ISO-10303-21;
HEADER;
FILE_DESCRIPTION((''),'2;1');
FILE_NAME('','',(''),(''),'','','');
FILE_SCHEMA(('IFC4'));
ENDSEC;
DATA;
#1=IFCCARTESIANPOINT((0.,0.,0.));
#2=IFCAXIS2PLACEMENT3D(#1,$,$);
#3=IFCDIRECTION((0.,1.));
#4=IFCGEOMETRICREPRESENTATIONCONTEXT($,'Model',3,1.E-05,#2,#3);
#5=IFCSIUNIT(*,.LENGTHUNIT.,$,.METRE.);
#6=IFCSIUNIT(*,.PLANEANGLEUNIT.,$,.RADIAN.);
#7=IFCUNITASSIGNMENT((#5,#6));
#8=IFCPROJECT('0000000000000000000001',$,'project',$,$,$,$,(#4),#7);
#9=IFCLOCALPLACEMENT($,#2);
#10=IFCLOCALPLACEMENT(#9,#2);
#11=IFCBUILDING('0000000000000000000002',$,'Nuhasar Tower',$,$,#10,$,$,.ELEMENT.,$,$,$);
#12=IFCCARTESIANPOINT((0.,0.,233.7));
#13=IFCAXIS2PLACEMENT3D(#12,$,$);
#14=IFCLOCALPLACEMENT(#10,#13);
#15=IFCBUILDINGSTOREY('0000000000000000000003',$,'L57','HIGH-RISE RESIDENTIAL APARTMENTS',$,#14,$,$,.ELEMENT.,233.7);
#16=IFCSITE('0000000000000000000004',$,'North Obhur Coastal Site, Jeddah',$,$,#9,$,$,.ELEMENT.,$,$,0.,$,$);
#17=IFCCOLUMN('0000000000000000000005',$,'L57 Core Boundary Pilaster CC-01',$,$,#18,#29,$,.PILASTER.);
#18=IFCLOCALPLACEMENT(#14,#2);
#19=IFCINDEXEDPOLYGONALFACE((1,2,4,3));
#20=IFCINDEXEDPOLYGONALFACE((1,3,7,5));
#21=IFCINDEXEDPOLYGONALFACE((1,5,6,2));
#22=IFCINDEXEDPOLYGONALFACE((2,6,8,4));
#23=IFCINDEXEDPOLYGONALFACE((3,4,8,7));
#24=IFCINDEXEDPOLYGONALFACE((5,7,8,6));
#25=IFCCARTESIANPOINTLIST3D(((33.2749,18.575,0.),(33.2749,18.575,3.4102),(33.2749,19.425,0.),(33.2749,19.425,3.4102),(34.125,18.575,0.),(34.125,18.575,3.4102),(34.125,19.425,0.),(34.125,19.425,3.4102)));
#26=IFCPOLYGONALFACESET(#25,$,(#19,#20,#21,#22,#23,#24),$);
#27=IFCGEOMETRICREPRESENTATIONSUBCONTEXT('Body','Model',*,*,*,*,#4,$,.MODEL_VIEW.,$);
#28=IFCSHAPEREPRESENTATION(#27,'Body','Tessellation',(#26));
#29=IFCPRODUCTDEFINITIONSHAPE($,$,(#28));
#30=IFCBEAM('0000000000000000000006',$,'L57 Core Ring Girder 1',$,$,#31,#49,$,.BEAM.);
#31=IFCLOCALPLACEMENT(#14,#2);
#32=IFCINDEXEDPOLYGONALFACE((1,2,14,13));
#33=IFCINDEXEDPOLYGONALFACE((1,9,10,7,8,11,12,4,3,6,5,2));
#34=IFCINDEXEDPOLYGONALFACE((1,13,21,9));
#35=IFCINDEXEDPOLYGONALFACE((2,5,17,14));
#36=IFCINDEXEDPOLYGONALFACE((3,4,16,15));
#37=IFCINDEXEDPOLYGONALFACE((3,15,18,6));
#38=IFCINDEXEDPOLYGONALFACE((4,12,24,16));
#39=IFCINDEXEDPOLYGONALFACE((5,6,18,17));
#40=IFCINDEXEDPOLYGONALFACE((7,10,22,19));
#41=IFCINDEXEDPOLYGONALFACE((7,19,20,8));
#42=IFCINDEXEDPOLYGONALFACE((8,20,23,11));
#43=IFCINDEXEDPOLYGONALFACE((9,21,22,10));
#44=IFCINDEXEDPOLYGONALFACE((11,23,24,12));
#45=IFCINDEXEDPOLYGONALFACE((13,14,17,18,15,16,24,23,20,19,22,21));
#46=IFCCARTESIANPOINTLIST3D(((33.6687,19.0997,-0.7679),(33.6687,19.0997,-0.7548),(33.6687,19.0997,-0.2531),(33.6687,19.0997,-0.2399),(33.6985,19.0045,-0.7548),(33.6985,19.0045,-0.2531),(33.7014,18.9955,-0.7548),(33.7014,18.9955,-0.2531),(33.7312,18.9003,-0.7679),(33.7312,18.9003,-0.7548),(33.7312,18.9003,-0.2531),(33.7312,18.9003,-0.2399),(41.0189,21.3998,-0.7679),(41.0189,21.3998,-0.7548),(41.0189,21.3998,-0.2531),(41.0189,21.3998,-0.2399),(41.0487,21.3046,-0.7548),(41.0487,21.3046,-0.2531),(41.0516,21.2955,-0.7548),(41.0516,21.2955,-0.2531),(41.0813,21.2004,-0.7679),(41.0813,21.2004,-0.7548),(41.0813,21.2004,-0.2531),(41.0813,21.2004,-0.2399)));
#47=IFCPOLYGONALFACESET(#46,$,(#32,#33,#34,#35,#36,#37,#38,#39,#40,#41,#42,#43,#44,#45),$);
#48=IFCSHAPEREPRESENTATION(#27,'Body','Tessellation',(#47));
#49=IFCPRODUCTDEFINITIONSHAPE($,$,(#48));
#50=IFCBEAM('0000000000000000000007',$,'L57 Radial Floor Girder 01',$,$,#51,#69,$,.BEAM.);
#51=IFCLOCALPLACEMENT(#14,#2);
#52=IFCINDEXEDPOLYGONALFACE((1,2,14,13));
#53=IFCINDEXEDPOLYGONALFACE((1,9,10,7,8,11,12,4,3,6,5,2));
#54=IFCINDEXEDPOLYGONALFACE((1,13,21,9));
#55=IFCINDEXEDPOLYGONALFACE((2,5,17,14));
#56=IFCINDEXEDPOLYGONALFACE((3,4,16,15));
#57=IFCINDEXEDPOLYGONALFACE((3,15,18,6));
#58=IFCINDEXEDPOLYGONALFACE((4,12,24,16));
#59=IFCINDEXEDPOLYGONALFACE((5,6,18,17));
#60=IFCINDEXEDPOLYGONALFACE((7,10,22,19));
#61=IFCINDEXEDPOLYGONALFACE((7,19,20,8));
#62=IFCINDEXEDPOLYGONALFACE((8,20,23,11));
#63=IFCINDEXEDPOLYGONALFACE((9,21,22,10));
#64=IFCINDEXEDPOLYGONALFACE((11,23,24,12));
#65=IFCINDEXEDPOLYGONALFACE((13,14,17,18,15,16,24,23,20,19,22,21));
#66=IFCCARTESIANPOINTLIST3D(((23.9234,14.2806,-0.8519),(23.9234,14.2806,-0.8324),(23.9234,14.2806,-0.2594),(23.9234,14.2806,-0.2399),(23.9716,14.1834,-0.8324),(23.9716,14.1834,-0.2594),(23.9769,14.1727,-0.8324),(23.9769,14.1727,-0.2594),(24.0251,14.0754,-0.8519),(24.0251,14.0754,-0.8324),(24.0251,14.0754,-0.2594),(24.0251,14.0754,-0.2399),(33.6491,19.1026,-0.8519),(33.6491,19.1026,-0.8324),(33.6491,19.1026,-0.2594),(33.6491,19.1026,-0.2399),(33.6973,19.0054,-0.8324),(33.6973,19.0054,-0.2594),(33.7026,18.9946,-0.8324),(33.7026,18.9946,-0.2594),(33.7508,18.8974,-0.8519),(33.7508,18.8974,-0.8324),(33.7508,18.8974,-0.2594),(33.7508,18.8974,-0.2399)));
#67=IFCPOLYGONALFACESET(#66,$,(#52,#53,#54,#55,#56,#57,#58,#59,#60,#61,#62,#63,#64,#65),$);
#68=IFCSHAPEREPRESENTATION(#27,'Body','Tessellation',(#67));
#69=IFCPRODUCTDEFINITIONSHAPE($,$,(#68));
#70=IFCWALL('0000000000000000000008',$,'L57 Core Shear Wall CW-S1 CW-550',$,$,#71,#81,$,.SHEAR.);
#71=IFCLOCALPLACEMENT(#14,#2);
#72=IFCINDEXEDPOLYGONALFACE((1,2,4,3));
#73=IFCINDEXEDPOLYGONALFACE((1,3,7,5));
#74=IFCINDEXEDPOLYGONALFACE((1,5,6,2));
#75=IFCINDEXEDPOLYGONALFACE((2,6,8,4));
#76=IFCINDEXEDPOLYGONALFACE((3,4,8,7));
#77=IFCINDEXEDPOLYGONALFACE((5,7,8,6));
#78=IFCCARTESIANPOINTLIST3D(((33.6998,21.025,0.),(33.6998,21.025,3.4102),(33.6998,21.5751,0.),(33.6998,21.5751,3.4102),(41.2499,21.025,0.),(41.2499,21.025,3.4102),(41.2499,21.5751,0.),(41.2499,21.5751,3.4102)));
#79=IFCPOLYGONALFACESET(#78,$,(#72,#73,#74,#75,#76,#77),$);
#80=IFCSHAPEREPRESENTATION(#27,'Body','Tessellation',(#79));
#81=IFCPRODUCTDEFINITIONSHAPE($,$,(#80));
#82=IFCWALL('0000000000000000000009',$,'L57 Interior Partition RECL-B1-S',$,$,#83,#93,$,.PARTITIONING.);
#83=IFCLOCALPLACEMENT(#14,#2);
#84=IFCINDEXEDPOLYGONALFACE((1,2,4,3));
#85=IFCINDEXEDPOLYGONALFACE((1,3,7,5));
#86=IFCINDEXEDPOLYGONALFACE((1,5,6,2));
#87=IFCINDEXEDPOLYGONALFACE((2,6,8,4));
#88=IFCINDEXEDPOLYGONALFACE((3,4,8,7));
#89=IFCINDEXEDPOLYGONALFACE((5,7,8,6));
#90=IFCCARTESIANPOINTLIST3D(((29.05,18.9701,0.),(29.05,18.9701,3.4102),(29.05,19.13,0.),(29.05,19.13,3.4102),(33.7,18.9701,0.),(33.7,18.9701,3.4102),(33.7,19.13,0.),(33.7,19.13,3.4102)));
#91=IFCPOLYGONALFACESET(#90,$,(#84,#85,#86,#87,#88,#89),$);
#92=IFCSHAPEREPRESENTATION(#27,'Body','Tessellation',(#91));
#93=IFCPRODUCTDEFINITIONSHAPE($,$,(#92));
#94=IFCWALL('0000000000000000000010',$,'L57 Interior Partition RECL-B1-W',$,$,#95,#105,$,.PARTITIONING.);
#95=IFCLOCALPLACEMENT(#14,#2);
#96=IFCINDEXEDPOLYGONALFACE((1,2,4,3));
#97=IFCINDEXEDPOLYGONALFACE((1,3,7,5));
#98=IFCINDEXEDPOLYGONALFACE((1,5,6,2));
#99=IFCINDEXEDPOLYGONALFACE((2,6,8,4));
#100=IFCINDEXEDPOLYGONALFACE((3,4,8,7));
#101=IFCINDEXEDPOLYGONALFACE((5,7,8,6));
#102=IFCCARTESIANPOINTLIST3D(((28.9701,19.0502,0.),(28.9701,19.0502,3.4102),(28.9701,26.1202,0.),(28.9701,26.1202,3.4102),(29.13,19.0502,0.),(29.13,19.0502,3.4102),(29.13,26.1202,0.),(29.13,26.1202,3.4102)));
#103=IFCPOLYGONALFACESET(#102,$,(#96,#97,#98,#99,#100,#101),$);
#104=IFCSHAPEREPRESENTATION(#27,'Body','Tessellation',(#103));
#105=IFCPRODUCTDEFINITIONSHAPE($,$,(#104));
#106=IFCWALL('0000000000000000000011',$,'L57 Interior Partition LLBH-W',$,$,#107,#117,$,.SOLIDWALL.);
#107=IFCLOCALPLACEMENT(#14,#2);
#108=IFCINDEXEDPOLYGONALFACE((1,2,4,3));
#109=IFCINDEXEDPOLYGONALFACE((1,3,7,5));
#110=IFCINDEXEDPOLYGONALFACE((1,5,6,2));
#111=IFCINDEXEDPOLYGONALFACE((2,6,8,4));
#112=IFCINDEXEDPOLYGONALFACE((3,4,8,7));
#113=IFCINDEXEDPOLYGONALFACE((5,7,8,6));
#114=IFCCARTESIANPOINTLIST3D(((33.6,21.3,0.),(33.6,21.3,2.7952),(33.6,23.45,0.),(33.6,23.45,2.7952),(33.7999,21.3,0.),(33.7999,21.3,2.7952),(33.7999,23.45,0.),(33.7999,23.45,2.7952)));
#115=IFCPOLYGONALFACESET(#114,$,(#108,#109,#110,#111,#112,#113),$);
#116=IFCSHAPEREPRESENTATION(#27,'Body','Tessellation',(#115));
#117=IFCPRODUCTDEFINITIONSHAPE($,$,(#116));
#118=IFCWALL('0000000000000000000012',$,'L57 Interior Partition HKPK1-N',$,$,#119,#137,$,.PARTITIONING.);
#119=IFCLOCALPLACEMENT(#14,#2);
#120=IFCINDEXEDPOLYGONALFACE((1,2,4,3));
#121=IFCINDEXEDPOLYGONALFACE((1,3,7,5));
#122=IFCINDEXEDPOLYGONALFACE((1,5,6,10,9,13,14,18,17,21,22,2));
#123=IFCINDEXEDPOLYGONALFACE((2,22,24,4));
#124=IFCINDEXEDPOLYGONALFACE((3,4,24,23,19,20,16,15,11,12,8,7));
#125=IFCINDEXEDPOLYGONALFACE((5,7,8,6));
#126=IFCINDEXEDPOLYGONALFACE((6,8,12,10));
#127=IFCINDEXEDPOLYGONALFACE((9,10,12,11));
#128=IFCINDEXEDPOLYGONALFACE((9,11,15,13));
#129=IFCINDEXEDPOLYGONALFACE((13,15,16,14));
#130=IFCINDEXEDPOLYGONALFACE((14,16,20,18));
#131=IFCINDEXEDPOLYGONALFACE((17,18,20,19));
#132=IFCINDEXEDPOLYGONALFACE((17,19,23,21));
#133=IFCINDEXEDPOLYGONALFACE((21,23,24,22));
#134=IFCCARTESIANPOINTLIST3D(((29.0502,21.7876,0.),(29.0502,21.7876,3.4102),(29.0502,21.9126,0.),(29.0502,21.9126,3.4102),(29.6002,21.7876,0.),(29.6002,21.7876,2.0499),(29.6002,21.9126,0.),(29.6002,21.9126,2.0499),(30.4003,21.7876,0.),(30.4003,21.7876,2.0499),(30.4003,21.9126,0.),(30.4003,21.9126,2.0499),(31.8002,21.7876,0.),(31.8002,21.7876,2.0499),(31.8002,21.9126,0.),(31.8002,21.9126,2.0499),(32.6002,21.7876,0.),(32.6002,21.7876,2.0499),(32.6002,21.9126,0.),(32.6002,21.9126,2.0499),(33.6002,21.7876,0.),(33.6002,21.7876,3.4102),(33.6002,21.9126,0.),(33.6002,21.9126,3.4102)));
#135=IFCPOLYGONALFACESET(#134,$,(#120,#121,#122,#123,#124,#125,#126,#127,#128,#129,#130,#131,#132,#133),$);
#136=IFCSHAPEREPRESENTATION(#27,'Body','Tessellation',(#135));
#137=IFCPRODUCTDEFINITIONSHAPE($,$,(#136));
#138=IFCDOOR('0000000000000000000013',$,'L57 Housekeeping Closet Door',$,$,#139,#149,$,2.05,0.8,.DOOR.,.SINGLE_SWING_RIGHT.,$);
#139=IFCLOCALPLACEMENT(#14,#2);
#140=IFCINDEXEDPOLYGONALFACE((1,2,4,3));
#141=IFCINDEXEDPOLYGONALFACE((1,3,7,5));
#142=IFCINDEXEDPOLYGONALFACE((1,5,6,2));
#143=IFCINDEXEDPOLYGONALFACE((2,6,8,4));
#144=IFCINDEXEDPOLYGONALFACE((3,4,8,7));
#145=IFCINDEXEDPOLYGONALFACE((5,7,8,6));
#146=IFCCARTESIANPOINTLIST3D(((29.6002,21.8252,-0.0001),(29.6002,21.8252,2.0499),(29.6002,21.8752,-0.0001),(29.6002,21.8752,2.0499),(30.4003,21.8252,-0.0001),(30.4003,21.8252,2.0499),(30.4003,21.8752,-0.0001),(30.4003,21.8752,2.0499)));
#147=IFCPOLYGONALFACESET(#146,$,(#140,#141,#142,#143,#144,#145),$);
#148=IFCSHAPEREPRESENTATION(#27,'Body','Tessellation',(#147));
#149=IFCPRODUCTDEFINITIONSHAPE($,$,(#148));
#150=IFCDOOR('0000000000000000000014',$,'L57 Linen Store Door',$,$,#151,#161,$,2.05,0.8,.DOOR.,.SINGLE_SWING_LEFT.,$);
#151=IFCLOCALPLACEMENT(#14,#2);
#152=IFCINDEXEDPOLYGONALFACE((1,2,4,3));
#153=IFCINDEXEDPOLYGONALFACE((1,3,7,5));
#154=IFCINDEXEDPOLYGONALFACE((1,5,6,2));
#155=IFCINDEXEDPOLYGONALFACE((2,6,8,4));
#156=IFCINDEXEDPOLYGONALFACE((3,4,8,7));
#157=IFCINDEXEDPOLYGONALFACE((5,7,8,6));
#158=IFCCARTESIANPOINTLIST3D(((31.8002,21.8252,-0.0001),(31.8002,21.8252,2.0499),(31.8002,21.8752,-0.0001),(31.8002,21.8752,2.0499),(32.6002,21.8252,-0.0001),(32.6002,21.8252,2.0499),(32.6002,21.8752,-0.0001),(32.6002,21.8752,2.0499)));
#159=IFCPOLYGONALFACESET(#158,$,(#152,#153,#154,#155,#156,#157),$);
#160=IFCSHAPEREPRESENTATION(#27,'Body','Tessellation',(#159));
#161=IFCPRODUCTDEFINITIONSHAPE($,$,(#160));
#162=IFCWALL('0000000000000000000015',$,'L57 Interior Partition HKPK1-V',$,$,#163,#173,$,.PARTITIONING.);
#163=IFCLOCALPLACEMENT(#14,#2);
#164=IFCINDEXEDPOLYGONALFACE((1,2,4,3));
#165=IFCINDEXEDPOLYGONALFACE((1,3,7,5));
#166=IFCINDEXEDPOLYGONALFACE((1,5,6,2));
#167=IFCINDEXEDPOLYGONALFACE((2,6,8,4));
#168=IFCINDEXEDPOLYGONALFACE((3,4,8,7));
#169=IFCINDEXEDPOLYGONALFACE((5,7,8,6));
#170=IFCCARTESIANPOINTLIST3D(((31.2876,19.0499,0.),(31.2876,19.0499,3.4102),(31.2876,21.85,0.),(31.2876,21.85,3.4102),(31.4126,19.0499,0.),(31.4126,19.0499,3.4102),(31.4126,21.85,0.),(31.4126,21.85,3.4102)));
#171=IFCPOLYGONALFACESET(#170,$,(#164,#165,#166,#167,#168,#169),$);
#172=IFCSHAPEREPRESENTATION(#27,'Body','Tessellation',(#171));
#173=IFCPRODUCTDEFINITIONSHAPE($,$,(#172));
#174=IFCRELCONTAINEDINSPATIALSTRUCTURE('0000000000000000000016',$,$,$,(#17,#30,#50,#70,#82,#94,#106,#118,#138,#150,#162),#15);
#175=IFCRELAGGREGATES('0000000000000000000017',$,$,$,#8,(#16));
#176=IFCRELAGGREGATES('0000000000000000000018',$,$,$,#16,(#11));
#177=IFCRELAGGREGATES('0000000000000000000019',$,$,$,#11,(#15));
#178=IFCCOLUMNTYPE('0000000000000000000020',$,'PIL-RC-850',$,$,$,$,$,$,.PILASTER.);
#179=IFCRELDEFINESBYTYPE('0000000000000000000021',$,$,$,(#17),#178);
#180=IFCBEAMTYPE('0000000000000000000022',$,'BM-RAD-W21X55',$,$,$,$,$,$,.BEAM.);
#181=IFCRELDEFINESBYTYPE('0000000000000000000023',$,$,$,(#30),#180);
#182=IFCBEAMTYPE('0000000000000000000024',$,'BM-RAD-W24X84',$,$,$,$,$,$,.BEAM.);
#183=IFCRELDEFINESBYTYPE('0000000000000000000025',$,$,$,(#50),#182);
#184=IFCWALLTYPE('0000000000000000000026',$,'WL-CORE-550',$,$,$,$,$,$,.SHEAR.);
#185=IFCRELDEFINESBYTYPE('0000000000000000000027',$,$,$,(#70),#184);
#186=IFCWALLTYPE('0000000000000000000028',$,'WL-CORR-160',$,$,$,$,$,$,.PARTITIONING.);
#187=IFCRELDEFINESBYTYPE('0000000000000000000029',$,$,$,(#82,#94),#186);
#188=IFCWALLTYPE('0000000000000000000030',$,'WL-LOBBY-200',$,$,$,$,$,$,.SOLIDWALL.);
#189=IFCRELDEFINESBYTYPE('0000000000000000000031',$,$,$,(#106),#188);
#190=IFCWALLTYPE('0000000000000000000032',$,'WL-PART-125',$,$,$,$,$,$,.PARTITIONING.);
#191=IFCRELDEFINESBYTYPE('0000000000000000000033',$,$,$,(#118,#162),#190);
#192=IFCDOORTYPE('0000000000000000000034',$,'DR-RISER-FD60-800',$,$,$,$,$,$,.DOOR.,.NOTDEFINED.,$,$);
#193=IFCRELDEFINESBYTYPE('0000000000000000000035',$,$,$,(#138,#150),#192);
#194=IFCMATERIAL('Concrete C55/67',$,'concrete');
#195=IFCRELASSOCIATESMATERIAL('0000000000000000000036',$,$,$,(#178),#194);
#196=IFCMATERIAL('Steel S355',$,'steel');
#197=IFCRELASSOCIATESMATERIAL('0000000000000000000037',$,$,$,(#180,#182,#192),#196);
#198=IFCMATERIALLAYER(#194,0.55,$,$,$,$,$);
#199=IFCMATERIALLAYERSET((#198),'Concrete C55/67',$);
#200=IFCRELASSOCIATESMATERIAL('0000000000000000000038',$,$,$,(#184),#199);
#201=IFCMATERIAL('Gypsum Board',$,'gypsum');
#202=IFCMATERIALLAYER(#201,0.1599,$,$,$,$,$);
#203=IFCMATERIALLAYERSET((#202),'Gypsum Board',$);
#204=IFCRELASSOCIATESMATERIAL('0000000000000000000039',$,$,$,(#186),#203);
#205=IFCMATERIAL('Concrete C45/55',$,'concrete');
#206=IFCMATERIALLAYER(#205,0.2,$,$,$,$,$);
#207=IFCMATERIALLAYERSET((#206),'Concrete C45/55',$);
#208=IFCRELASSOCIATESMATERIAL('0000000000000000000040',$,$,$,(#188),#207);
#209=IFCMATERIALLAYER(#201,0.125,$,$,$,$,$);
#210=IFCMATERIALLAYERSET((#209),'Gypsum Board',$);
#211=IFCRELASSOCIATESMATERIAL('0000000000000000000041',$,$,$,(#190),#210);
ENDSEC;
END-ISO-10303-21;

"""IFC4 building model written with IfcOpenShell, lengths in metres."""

from ifc_helpers import new_model, si_unit, direction, frame, frame_2d, origin, origin_2d, place, context, subcontext, project, spatial, rectangle, i_section, extrude, material, layer, layer_set, material_profile, profile_set, type_object, element, fill, save


model = new_model("IFC4")

# Units and contexts
model_context = context("Model", 3, precision=1e-05, world=origin(), true_north=direction((0.0, 1.0)))
body_context = subcontext(model_context, "Body", "Model", "MODEL_VIEW")
ifc_project = project(units=[si_unit("LENGTHUNIT", "METRE"), si_unit("PLANEANGLEUNIT", "RADIAN")], contexts=[model_context])

# Site, building, storey
site_placement = place(None, origin())
site = spatial("IfcSite", under=ifc_project, at=site_placement, Name="North Obhur Coastal Site, Jeddah", CompositionType="ELEMENT", RefElevation=0.0)
building_placement = place(site_placement, origin())
building = spatial("IfcBuilding", under=site, at=building_placement, Name="Nuhasar Tower", CompositionType="ELEMENT")
storey_placement = place(building_placement, frame((0.0, 0.0, 233.7)))
storey = spatial("IfcBuildingStorey", under=building, at=storey_placement, Name="L57", Description="HIGH-RISE RESIDENTIAL APARTMENTS", CompositionType="ELEMENT", Elevation=233.7)

# Column
ifc_material_1 = material(Name="Concrete C55/67", Category="concrete")
ifc_material_profile_1 = material_profile(ifc_material_1, rectangle(XDim=0.8501, YDim=0.8501, at=origin_2d()), Name="RC850X850")
ifc_profile_set_1 = profile_set([ifc_material_profile_1], Name="Concrete C55/67")
column_type = type_object("IfcColumnType", Name="PIL-RC-850", PredefinedType="PILASTER", material=ifc_profile_set_1)
column_placement = place(storey_placement, frame((33.7, 19.0, 0.0), z_axis=(0.0, 0.0, 1.0), x_axis=(1.0, 0.0, 0.0)))
element("IfcColumn", 1, at=column_placement, inside=storey, type_object=column_type, Name="L57 Core Boundary Pilaster CC-01", PredefinedType="PILASTER", context=body_context, shape_type="SweptSolid", body=[
    extrude(rectangle(XDim=0.8501, YDim=0.8501, at=origin_2d()), origin(), (0.0, 0.0, 1.0), 3.4102),
])

# Beams
ifc_material_2 = material(Name="Steel S355", Category="steel")
ifc_material_profile_2 = material_profile(ifc_material_2, i_section(OverallWidth=0.209, OverallDepth=0.5281, WebThickness=0.0095, FlangeThickness=0.0132, at=origin_2d()), Name="W21X55")
ifc_profile_set_2 = profile_set([ifc_material_profile_2], Name="Steel S355")
beam_type_1 = type_object("IfcBeamType", Name="BM-RAD-W21X55", PredefinedType="BEAM", material=ifc_profile_set_2)
beam_1_placement = place(storey_placement, frame((33.7, 19.0, -0.5039), z_axis=(0.954364, 0.298647, 0.0), x_axis=(-0.298647, 0.954364, 0.0)))
element("IfcBeam", 2, at=beam_1_placement, inside=storey, type_object=beam_type_1, Name="L57 Core Ring Girder 1", PredefinedType="BEAM", context=body_context, shape_type="SweptSolid", body=[
    extrude(i_section(OverallWidth=0.209, OverallDepth=0.5281, WebThickness=0.0095, FlangeThickness=0.0132, at=origin_2d()), origin(), (0.0, 0.0, 1.0), 7.7017),
])
ifc_material_profile_3 = material_profile(ifc_material_2, i_section(OverallWidth=0.229, OverallDepth=0.6121, WebThickness=0.012, FlangeThickness=0.0195, at=origin_2d()), Name="W24X84")
ifc_profile_set_3 = profile_set([ifc_material_profile_3], Name="Steel S355")
beam_type_2 = type_object("IfcBeamType", Name="BM-RAD-W24X84", PredefinedType="BEAM", material=ifc_profile_set_3)
beam_2_placement = place(storey_placement, frame((33.7, 19.0, -0.5459), z_axis=(-0.895929, -0.444197, 0.0), x_axis=(0.444197, -0.895929, 0.0)))
element("IfcBeam", 3, at=beam_2_placement, inside=storey, type_object=beam_type_2, Name="L57 Radial Floor Girder 01", PredefinedType="BEAM", context=body_context, shape_type="SweptSolid", body=[
    extrude(i_section(OverallWidth=0.229, OverallDepth=0.6121, WebThickness=0.012, FlangeThickness=0.0195, at=origin_2d()), origin(), (0.0, 0.0, 1.0), 10.8555),
])

# Walls
ifc_layer_1 = layer(ifc_material_1, 0.55)
ifc_layer_set_1 = layer_set([ifc_layer_1], Name="Concrete C55/67")
wall_type_1 = type_object("IfcWallType", Name="WL-CORE-550", PredefinedType="SHEAR", material=ifc_layer_set_1)
wall_1_placement = place(storey_placement, frame((33.7, 21.3, 0.0), z_axis=(0.0, 0.0, 1.0), x_axis=(1.0, 0.0, 0.0)))
element("IfcWall", 4, at=wall_1_placement, inside=storey, type_object=wall_type_1, Name="L57 Core Shear Wall CW-S1 CW-550", PredefinedType="SHEAR", context=body_context, shape_type="SweptSolid", body=[
    extrude(rectangle(XDim=7.55, YDim=0.55, at=frame_2d((3.7749, 0.0))), origin(), (0.0, 0.0, 1.0), 3.4102),
])
ifc_material_3 = material(Name="Gypsum Board", Category="gypsum")
ifc_layer_2 = layer(ifc_material_3, 0.1599)
ifc_layer_set_2 = layer_set([ifc_layer_2], Name="Gypsum Board")
wall_type_2 = type_object("IfcWallType", Name="WL-CORR-160", PredefinedType="PARTITIONING", material=ifc_layer_set_2)
wall_2_placement = place(storey_placement, frame((29.05, 19.05, 0.0), z_axis=(0.0, 0.0, 1.0), x_axis=(1.0, 0.0, 0.0)))
element("IfcWall", 5, at=wall_2_placement, inside=storey, type_object=wall_type_2, Name="L57 Interior Partition RECL-B1-S", PredefinedType="PARTITIONING", context=body_context, shape_type="SweptSolid", body=[
    extrude(rectangle(XDim=4.6499, YDim=0.1599, at=frame_2d((2.325, 0.0))), origin(), (0.0, 0.0, 1.0), 3.4102),
])
wall_3_placement = place(storey_placement, frame((29.05, 19.05, 0.0), z_axis=(0.0, 0.0, 1.0), x_axis=(0.0, 1.0, 0.0)))
element("IfcWall", 6, at=wall_3_placement, inside=storey, type_object=wall_type_2, Name="L57 Interior Partition RECL-B1-W", PredefinedType="PARTITIONING", context=body_context, shape_type="SweptSolid", body=[
    extrude(rectangle(XDim=7.0701, YDim=0.1599, at=frame_2d((3.5352, 0.0))), origin(), (0.0, 0.0, 1.0), 3.4102),
])

# Wall
ifc_material_4 = material(Name="Concrete C45/55", Category="concrete")
ifc_layer_3 = layer(ifc_material_4, 0.2)
ifc_layer_set_3 = layer_set([ifc_layer_3], Name="Concrete C45/55")
wall_type_3 = type_object("IfcWallType", Name="WL-LOBBY-200", PredefinedType="SOLIDWALL", material=ifc_layer_set_3)
wall_4_placement = place(storey_placement, frame((33.7, 21.3, 0.0), z_axis=(0.0, 0.0, 1.0), x_axis=(0.0, 1.0, 0.0)))
element("IfcWall", 7, at=wall_4_placement, inside=storey, type_object=wall_type_3, Name="L57 Interior Partition LLBH-W", PredefinedType="SOLIDWALL", context=body_context, shape_type="SweptSolid", body=[
    extrude(rectangle(XDim=2.1499, YDim=0.2, at=frame_2d((1.075, 0.0))), origin(), (0.0, 0.0, 1.0), 2.7952),
])

# Wall, openings, doors
ifc_layer_4 = layer(ifc_material_3, 0.125)
ifc_layer_set_4 = layer_set([ifc_layer_4], Name="Gypsum Board")
wall_type_4 = type_object("IfcWallType", Name="WL-PART-125", PredefinedType="PARTITIONING", material=ifc_layer_set_4)
wall_5_placement = place(storey_placement, frame((33.6001, 21.8501, 0.0), z_axis=(0.0, 0.0, 1.0), x_axis=(-1.0, 0.0, 0.0)))
wall_5 = element("IfcWall", 8, at=wall_5_placement, inside=storey, type_object=wall_type_4, Name="L57 Interior Partition HKPK1-N", PredefinedType="PARTITIONING", context=body_context, shape_type="SweptSolid", body=[
    extrude(rectangle(XDim=4.55, YDim=0.125, at=frame_2d((2.2749, 0.0))), origin(), (0.0, 0.0, 1.0), 3.4102),
])
opening_1_placement = place(wall_5_placement, frame((3.2, 0.0, 0.0)))
opening_1 = element("IfcOpeningElement", 9, at=opening_1_placement, cuts=wall_5, PredefinedType="OPENING", context=body_context, shape_type="SweptSolid", body=[
    extrude(rectangle(XDim=0.8, YDim=2.05, at=frame_2d((0.3999, 1.0249))), frame((0.0, 0.0725, 0.0), z_axis=(0.0, -1.0, 0.0), x_axis=(1.0, 0.0, 0.0)), (0.0, 0.0, 1.0), 0.145),
])
opening_2_placement = place(wall_5_placement, frame((1.0, 0.0, 0.0)))
opening_2 = element("IfcOpeningElement", 10, at=opening_2_placement, cuts=wall_5, PredefinedType="OPENING", context=body_context, shape_type="SweptSolid", body=[
    extrude(rectangle(XDim=0.8, YDim=2.05, at=frame_2d((0.3999, 1.0249))), frame((0.0, 0.0725, 0.0), z_axis=(0.0, -1.0, 0.0), x_axis=(1.0, 0.0, 0.0)), (0.0, 0.0, 1.0), 0.145),
])
door_type_1 = type_object("IfcDoorType", Name="DR-RISER-FD60-800", OperationType="NOTDEFINED", PredefinedType="DOOR", material=ifc_material_2)
door_1_placement = place(opening_1_placement, origin())
door_1 = element("IfcDoor", 11, at=door_1_placement, inside=storey, type_object=door_type_1, Name="L57 Housekeeping Closet Door", OperationType="SINGLE_SWING_RIGHT", OverallHeight=2.05, OverallWidth=0.8, PredefinedType="DOOR", context=body_context, shape_type="SweptSolid", body=[
    extrude(rectangle(XDim=0.8, YDim=2.05, at=frame_2d((0.3999, 1.0249))), frame((0.0, 0.0249, 0.0), z_axis=(0.0, -1.0, 0.0), x_axis=(1.0, 0.0, 0.0)), (0.0, 0.0, 1.0), 0.05),
])
fill(opening_1, door_1)
door_2_placement = place(opening_2_placement, origin())
door_2 = element("IfcDoor", 12, at=door_2_placement, inside=storey, type_object=door_type_1, Name="L57 Linen Store Door", OperationType="SINGLE_SWING_LEFT", OverallHeight=2.05, OverallWidth=0.8, PredefinedType="DOOR", context=body_context, shape_type="SweptSolid", body=[
    extrude(rectangle(XDim=0.8, YDim=2.05, at=frame_2d((0.3999, 1.0249))), frame((0.0, 0.0249, 0.0), z_axis=(0.0, -1.0, 0.0), x_axis=(1.0, 0.0, 0.0)), (0.0, 0.0, 1.0), 0.05),
])
fill(opening_2, door_2)

# Wall
wall_6_placement = place(storey_placement, frame((31.3501, 19.05, 0.0), z_axis=(0.0, 0.0, 1.0), x_axis=(0.0, 1.0, 0.0)))
element("IfcWall", 13, at=wall_6_placement, inside=storey, type_object=wall_type_4, Name="L57 Interior Partition HKPK1-V", PredefinedType="PARTITIONING", context=body_context, shape_type="SweptSolid", body=[
    extrude(rectangle(XDim=2.8, YDim=0.125, at=frame_2d((1.3999, 0.0))), origin(), (0.0, 0.0, 1.0), 3.4102),
])

save(model, "model.ifc")
